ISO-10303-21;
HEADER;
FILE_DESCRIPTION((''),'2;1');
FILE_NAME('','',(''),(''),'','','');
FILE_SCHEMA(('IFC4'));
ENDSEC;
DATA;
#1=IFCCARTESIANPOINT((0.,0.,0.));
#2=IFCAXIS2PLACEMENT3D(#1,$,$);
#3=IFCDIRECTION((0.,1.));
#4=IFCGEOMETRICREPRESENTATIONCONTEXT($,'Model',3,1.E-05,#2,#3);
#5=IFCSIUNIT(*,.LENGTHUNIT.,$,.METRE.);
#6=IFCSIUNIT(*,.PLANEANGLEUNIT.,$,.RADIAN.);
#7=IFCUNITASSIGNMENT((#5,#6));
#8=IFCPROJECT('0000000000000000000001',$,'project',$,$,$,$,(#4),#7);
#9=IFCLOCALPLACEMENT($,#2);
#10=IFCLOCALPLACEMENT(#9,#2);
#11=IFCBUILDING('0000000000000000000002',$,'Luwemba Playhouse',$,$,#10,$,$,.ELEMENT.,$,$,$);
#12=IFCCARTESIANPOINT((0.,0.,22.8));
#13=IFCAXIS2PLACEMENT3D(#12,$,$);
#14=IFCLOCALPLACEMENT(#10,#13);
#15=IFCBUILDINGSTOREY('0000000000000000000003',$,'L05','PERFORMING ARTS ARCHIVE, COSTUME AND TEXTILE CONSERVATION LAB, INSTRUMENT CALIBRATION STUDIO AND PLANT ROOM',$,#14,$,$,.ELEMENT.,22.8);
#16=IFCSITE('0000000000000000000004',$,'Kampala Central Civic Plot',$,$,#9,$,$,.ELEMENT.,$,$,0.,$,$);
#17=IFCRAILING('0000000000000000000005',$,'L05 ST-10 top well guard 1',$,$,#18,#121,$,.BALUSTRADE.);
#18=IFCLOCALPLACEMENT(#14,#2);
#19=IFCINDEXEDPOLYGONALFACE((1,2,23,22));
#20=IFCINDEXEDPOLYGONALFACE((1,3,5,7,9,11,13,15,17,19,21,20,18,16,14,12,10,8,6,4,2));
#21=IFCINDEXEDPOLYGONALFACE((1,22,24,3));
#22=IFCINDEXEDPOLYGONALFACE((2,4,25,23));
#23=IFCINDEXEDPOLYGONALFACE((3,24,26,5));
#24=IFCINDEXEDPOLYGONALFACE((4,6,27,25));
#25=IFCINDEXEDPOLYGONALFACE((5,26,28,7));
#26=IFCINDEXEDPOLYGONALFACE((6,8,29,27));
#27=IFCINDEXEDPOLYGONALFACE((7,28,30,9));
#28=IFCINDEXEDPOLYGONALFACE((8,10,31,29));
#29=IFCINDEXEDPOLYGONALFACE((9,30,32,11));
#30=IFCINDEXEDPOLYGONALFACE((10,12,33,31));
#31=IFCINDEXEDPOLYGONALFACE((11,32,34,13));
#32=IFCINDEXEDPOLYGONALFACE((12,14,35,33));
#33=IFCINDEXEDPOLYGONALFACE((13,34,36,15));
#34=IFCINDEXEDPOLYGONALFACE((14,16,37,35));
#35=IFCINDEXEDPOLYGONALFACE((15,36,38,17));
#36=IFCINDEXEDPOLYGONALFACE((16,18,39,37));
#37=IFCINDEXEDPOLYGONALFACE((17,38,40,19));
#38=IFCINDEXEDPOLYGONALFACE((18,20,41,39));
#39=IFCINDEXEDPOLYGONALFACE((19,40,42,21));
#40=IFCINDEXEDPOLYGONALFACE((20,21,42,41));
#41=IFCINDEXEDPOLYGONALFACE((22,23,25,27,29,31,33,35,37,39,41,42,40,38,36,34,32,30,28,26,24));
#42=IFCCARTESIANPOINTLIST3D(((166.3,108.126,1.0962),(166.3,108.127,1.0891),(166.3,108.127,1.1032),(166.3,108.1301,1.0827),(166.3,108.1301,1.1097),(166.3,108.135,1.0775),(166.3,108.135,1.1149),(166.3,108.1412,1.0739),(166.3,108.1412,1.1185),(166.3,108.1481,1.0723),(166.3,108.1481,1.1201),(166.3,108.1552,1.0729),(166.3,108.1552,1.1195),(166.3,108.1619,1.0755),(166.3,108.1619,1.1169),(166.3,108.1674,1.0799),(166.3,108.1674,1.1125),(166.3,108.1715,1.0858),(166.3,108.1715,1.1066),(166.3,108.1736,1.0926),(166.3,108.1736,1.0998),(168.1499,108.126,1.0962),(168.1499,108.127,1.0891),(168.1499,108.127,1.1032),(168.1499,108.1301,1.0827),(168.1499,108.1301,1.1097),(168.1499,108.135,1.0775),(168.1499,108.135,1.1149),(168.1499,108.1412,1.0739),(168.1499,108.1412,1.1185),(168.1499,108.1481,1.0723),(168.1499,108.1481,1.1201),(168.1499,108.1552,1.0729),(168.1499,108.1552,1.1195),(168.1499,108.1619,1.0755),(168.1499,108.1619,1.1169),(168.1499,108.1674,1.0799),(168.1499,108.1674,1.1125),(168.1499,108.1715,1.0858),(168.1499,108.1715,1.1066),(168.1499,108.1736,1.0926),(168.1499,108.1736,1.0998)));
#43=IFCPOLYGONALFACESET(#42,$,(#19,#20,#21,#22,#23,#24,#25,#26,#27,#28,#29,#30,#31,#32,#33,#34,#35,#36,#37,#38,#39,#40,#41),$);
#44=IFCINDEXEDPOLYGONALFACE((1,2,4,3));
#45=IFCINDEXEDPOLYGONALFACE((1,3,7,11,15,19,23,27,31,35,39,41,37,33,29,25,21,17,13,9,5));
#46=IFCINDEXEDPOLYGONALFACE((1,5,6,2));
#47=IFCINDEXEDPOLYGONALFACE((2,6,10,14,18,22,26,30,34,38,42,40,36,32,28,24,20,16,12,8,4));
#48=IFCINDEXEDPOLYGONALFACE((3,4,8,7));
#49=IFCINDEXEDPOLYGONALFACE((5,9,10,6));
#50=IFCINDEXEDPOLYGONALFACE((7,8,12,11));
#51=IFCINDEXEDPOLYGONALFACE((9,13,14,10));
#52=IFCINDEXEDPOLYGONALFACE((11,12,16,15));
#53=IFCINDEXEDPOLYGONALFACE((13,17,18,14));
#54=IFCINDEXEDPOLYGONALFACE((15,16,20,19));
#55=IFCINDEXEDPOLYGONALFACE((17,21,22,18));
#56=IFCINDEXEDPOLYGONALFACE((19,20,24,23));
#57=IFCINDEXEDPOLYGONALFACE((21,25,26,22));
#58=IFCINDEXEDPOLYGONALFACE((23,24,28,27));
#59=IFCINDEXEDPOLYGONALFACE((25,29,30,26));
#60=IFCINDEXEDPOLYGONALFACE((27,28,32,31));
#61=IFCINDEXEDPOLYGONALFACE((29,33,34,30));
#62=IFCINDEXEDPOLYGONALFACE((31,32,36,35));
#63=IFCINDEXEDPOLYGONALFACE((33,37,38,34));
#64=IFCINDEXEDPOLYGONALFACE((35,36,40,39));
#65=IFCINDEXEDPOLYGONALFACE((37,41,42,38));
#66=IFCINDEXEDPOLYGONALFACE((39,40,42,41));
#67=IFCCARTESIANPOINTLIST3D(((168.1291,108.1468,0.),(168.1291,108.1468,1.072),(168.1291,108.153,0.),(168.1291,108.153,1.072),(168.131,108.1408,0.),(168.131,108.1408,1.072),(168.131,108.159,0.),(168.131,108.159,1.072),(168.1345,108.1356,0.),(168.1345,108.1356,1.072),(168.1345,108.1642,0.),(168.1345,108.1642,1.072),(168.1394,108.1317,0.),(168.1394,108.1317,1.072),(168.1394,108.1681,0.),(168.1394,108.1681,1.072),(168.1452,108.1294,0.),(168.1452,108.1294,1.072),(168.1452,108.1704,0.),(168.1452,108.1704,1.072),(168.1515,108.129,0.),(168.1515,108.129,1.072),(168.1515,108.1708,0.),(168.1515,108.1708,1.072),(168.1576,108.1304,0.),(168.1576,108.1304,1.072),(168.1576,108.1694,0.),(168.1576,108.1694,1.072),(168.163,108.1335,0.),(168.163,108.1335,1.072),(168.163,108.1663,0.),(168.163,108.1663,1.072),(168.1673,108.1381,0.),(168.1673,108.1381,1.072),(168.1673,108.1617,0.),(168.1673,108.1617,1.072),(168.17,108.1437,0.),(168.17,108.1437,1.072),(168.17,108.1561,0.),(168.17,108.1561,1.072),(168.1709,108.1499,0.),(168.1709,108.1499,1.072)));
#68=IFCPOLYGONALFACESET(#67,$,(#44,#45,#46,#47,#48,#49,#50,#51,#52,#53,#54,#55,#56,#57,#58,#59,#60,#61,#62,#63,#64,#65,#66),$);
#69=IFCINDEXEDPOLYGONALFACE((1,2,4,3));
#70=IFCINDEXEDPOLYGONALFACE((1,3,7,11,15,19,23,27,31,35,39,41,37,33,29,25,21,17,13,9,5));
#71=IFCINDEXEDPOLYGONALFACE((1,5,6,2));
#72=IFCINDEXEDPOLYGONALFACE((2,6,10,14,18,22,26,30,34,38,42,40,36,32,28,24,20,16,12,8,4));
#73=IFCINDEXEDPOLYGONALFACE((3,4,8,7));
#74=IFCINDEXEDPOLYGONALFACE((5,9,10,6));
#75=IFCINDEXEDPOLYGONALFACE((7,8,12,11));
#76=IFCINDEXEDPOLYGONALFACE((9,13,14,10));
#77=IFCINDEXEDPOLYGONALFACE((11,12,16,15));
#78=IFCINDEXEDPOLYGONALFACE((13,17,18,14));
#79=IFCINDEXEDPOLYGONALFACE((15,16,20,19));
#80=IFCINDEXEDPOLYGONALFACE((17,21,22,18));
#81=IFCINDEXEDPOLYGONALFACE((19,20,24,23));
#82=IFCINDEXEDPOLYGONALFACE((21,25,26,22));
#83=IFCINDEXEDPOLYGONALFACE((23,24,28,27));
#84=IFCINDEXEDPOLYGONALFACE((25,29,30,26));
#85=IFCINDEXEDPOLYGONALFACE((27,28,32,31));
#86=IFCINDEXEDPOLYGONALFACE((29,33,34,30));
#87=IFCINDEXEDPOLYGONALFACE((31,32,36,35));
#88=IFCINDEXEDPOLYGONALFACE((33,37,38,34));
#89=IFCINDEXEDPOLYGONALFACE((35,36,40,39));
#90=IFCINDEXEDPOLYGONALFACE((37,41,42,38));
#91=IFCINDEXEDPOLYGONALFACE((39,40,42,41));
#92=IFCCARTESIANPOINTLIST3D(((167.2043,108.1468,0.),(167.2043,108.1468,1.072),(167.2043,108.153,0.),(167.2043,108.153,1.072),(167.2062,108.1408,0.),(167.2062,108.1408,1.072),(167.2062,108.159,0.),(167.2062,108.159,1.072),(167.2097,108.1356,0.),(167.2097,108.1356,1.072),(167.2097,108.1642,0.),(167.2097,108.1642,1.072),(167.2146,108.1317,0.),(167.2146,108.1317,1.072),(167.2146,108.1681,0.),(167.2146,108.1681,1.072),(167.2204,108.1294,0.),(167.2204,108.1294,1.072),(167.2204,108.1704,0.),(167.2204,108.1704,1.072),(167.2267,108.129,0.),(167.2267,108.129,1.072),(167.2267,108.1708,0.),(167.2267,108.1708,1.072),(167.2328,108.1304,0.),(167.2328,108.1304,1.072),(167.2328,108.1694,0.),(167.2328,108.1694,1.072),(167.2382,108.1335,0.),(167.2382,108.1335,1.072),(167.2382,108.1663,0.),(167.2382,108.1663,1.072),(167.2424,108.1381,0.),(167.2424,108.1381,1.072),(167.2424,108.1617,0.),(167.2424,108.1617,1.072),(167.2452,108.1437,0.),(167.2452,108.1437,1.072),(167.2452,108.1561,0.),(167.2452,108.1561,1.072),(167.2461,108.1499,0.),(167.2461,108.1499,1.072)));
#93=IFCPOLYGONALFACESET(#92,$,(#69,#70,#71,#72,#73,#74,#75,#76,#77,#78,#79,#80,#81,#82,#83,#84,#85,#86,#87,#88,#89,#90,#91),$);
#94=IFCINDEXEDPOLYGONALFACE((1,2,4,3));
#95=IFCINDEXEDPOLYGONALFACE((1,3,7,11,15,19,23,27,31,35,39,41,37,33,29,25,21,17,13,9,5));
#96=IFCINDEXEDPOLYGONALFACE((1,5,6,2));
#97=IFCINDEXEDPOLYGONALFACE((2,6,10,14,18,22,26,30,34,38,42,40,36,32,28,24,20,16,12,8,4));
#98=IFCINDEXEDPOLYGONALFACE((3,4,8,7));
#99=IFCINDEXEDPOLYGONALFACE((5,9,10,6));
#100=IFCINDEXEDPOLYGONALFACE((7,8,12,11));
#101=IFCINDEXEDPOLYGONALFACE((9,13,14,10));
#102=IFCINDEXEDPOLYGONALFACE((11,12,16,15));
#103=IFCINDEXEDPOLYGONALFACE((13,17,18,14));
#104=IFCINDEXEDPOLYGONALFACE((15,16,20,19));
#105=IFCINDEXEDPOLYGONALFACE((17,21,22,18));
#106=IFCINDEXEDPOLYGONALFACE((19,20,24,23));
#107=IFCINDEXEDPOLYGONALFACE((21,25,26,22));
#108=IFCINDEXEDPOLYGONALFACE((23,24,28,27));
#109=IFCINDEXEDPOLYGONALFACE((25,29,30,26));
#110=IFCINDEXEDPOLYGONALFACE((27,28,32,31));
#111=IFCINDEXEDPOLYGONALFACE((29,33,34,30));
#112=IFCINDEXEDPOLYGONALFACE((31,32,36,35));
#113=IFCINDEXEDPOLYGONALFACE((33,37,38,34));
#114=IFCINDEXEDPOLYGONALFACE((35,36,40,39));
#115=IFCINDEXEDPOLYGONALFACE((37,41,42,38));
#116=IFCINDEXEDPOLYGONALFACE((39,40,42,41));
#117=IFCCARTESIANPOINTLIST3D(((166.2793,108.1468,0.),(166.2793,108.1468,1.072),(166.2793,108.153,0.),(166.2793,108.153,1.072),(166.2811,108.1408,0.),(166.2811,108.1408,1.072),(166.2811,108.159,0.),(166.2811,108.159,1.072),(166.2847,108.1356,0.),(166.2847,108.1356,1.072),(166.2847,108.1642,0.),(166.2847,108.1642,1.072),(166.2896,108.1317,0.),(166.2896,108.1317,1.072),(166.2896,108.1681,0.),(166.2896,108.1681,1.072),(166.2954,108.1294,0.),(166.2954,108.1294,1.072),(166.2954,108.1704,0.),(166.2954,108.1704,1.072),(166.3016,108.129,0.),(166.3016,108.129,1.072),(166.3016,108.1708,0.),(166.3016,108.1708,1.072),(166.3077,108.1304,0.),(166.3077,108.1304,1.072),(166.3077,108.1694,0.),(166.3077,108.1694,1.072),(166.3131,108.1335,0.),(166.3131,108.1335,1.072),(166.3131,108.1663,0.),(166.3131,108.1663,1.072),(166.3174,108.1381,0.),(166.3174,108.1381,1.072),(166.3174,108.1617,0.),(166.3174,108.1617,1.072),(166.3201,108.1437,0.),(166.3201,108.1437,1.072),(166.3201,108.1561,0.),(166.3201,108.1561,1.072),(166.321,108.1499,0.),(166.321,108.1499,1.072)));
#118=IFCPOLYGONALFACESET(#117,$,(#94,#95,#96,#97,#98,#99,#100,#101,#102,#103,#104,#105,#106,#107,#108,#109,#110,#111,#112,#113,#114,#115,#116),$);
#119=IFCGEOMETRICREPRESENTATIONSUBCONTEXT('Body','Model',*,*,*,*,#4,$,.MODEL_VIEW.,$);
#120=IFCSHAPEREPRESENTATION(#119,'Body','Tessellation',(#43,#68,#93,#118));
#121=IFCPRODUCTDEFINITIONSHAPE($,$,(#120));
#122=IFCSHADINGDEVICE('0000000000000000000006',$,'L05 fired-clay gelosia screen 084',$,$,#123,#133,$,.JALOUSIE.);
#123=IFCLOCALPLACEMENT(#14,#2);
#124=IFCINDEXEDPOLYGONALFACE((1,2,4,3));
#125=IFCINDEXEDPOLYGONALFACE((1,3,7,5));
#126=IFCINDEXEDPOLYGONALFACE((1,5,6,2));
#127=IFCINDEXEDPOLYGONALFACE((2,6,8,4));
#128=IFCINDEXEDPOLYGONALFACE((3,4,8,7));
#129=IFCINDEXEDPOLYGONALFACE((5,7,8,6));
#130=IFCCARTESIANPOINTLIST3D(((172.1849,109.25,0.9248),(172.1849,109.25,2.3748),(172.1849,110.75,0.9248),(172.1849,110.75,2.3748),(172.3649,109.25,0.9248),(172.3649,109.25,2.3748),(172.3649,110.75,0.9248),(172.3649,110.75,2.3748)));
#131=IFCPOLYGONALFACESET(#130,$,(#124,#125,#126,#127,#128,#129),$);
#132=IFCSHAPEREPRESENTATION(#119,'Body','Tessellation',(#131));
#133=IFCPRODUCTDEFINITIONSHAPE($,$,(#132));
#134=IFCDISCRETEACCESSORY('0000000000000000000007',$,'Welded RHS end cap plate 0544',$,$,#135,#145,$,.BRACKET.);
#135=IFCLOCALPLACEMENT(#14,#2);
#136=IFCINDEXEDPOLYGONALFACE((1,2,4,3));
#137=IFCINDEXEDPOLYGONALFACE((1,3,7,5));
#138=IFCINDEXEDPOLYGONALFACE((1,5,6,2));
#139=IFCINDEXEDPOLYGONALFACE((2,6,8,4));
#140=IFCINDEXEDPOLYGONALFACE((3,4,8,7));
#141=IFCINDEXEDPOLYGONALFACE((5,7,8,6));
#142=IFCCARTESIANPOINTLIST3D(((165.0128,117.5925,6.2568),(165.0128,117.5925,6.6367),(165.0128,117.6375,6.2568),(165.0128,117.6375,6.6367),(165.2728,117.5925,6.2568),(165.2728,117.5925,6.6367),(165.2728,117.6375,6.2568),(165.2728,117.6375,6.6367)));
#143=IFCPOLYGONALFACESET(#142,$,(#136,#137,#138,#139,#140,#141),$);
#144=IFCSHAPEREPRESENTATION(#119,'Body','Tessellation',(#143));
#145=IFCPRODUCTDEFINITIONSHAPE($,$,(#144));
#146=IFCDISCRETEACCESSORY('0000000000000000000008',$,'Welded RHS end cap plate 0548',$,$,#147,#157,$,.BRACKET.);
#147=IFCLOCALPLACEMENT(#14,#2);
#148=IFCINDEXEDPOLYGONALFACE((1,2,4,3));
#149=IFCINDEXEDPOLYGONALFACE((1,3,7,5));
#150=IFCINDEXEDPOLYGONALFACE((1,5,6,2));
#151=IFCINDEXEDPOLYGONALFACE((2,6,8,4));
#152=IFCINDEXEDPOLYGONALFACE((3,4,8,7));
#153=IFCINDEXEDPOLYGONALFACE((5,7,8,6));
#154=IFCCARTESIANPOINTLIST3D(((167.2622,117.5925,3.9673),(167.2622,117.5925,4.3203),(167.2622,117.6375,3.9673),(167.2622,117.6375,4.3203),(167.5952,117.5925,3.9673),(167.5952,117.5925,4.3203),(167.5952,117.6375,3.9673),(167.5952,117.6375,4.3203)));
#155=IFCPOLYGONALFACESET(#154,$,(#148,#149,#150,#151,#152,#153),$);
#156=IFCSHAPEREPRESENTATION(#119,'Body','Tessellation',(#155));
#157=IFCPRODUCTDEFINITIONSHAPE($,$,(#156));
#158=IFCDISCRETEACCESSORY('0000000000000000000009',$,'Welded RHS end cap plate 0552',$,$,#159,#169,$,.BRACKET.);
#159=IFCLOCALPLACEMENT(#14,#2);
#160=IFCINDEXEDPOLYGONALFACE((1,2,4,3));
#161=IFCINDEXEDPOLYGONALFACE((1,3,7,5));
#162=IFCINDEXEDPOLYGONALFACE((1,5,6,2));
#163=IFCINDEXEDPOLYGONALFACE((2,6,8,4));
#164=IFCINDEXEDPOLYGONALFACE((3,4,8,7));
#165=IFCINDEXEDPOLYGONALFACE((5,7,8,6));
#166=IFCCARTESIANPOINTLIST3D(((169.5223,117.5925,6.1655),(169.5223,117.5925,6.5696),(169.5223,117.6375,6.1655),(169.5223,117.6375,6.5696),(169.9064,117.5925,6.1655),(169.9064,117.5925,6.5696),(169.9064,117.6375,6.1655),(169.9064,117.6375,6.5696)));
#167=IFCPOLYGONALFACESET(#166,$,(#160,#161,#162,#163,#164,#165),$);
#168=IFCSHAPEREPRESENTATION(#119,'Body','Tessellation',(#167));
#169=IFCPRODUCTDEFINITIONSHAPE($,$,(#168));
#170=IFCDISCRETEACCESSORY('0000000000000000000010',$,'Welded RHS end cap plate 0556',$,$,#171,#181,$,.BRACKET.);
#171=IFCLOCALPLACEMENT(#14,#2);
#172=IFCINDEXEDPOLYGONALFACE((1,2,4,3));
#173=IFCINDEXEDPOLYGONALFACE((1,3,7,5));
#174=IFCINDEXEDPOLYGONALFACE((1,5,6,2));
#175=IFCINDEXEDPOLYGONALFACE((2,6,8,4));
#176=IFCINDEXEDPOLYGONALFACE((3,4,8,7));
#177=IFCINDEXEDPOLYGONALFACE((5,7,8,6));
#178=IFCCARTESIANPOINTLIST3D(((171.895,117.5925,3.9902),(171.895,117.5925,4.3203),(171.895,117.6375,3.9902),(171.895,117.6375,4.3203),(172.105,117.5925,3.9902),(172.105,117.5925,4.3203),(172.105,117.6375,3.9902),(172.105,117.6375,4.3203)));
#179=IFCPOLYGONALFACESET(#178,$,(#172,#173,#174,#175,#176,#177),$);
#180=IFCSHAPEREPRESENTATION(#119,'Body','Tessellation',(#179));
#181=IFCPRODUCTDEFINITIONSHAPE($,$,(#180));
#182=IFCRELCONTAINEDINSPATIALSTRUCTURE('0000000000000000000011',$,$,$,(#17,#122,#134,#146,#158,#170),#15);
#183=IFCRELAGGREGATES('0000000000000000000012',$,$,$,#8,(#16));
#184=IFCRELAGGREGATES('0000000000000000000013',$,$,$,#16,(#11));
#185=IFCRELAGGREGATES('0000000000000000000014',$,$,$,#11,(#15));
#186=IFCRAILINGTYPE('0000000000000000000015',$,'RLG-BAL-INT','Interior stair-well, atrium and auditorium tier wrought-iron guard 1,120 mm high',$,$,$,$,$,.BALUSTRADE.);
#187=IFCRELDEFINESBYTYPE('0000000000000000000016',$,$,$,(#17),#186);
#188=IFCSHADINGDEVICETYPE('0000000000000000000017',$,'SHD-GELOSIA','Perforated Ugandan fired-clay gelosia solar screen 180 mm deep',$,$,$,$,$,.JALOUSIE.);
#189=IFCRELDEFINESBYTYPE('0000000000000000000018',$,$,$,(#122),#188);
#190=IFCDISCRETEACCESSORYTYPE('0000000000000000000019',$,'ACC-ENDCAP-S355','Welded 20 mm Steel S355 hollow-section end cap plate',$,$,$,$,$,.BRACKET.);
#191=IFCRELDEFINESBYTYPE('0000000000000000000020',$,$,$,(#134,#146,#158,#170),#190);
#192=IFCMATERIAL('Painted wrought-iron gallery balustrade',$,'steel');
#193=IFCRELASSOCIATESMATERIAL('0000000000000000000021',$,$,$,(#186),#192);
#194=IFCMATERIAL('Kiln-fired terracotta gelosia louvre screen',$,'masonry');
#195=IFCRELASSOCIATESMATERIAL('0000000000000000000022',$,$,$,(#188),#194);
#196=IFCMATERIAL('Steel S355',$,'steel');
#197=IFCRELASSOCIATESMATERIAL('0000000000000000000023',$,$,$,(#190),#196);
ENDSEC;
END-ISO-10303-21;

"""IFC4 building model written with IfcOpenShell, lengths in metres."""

from ifc_helpers import new_model, si_unit, direction, frame, origin, origin_2d, place, context, subcontext, project, spatial, rectangle, circle, extrude, material, type_object, element, save


model = new_model("IFC4")

# Units and contexts
model_context = context("Model", 3, precision=1e-05, world=origin(), true_north=direction((0.0, 1.0)))
body_context = subcontext(model_context, "Body", "Model", "MODEL_VIEW")
ifc_project = project(units=[si_unit("LENGTHUNIT", "METRE"), si_unit("PLANEANGLEUNIT", "RADIAN")], contexts=[model_context])

# Site, building, storey
site_placement = place(None, origin())
site = spatial("IfcSite", under=ifc_project, at=site_placement, Name="Kampala Central Civic Plot", CompositionType="ELEMENT", RefElevation=0.0)
building_placement = place(site_placement, origin())
building = spatial("IfcBuilding", under=site, at=building_placement, Name="Luwemba Playhouse", CompositionType="ELEMENT")
storey_placement = place(building_placement, frame((0.0, 0.0, 22.8)))
storey = spatial("IfcBuildingStorey", under=building, at=storey_placement, Name="L05", Description="PERFORMING ARTS ARCHIVE, COSTUME AND TEXTILE CONSERVATION LAB, INSTRUMENT CALIBRATION STUDIO AND PLANT ROOM", CompositionType="ELEMENT", Elevation=22.8)

# Shared definitions
ifc_material_1 = material(Name="Steel S355", Category="steel")

# Railing
ifc_material_2 = material(Name="Painted wrought-iron gallery balustrade", Category="steel")
railing_type = type_object("IfcRailingType", Name="RLG-BAL-INT", Description="Interior stair-well, atrium and auditorium tier wrought-iron guard 1,120 mm high", PredefinedType="BALUSTRADE", material=ifc_material_2)
railing_placement = place(storey_placement, frame((168.1499, 108.1499, 0.0)))
element("IfcRailing", 1, at=railing_placement, inside=storey, type_object=railing_type, Name="L05 ST-10 top well guard 1", PredefinedType="BALUSTRADE", context=body_context, shape_type="SweptSolid", body=[
    extrude(circle(Radius=0.0239, at=origin_2d()), frame((0.0, 0.0, 1.0962), z_axis=(-1.0, 0.0, 0.0), x_axis=(0.0, -1.0, 0.0)), (0.0, 0.0, 1.0), 1.8499),
    extrude(circle(Radius=0.021, at=origin_2d()), origin(), (0.0, 0.0, 1.0), 1.072),
    extrude(circle(Radius=0.021, at=origin_2d()), frame((-0.9248, 0.0, 0.0)), (0.0, 0.0, 1.0), 1.072),
    extrude(circle(Radius=0.021, at=origin_2d()), frame((-1.8499, 0.0, 0.0)), (0.0, 0.0, 1.0), 1.072),
])

# Shading device
ifc_material_3 = material(Name="Kiln-fired terracotta gelosia louvre screen", Category="masonry")
shading_device_type = type_object("IfcShadingDeviceType", Name="SHD-GELOSIA", Description="Perforated Ugandan fired-clay gelosia solar screen 180 mm deep", PredefinedType="JALOUSIE", material=ifc_material_3)
shading_device_placement = place(storey_placement, frame((172.2749, 110.0, 0.9248), z_axis=(0.0, 0.0, 1.0), x_axis=(0.0, -1.0, 0.0)))
element("IfcShadingDevice", 2, at=shading_device_placement, inside=storey, type_object=shading_device_type, Name="L05 fired-clay gelosia screen 084", PredefinedType="JALOUSIE", context=body_context, shape_type="SweptSolid", body=[
    extrude(rectangle(XDim=1.5, YDim=0.1799, at=origin_2d()), origin(), (0.0, 0.0, 1.0), 1.45),
])

# Discrete accessories
discrete_accessory_type = type_object("IfcDiscreteAccessoryType", Name="ACC-ENDCAP-S355", Description="Welded 20 mm Steel S355 hollow-section end cap plate", PredefinedType="BRACKET", material=ifc_material_1)
discrete_accessory_1_placement = place(storey_placement, frame((165.1428, 117.615, 6.2568), z_axis=(0.0, 0.0, 1.0), x_axis=(1.0, 0.0, 0.0)))
element("IfcDiscreteAccessory", 3, at=discrete_accessory_1_placement, inside=storey, type_object=discrete_accessory_type, Name="Welded RHS end cap plate 0544", PredefinedType="BRACKET", context=body_context, shape_type="SweptSolid", body=[
    extrude(rectangle(XDim=0.26, YDim=0.0449, at=origin_2d()), origin(), (0.0, 0.0, 1.0), 0.3799),
])
discrete_accessory_2_placement = place(storey_placement, frame((167.4287, 117.615, 3.9673), z_axis=(0.0, 0.0, 1.0), x_axis=(1.0, 0.0, 0.0)))
element("IfcDiscreteAccessory", 4, at=discrete_accessory_2_placement, inside=storey, type_object=discrete_accessory_type, Name="Welded RHS end cap plate 0548", PredefinedType="BRACKET", context=body_context, shape_type="SweptSolid", body=[
    extrude(rectangle(XDim=0.333, YDim=0.0449, at=origin_2d()), origin(), (0.0, 0.0, 1.0), 0.353),
])
discrete_accessory_3_placement = place(storey_placement, frame((169.7144, 117.615, 6.1655), z_axis=(0.0, 0.0, 1.0), x_axis=(1.0, 0.0, 0.0)))
element("IfcDiscreteAccessory", 5, at=discrete_accessory_3_placement, inside=storey, type_object=discrete_accessory_type, Name="Welded RHS end cap plate 0552", PredefinedType="BRACKET", context=body_context, shape_type="SweptSolid", body=[
    extrude(rectangle(XDim=0.384, YDim=0.0449, at=origin_2d()), origin(), (0.0, 0.0, 1.0), 0.4041),
])
discrete_accessory_4_placement = place(storey_placement, frame((172.0, 117.615, 3.9902), z_axis=(0.0, 0.0, 1.0), x_axis=(1.0, 0.0, 0.0)))
element("IfcDiscreteAccessory", 6, at=discrete_accessory_4_placement, inside=storey, type_object=discrete_accessory_type, Name="Welded RHS end cap plate 0556", PredefinedType="BRACKET", context=body_context, shape_type="SweptSolid", body=[
    extrude(rectangle(XDim=0.21, YDim=0.0449, at=origin_2d()), origin(), (0.0, 0.0, 1.0), 0.3301),
])

save(model, "model.ifc")
